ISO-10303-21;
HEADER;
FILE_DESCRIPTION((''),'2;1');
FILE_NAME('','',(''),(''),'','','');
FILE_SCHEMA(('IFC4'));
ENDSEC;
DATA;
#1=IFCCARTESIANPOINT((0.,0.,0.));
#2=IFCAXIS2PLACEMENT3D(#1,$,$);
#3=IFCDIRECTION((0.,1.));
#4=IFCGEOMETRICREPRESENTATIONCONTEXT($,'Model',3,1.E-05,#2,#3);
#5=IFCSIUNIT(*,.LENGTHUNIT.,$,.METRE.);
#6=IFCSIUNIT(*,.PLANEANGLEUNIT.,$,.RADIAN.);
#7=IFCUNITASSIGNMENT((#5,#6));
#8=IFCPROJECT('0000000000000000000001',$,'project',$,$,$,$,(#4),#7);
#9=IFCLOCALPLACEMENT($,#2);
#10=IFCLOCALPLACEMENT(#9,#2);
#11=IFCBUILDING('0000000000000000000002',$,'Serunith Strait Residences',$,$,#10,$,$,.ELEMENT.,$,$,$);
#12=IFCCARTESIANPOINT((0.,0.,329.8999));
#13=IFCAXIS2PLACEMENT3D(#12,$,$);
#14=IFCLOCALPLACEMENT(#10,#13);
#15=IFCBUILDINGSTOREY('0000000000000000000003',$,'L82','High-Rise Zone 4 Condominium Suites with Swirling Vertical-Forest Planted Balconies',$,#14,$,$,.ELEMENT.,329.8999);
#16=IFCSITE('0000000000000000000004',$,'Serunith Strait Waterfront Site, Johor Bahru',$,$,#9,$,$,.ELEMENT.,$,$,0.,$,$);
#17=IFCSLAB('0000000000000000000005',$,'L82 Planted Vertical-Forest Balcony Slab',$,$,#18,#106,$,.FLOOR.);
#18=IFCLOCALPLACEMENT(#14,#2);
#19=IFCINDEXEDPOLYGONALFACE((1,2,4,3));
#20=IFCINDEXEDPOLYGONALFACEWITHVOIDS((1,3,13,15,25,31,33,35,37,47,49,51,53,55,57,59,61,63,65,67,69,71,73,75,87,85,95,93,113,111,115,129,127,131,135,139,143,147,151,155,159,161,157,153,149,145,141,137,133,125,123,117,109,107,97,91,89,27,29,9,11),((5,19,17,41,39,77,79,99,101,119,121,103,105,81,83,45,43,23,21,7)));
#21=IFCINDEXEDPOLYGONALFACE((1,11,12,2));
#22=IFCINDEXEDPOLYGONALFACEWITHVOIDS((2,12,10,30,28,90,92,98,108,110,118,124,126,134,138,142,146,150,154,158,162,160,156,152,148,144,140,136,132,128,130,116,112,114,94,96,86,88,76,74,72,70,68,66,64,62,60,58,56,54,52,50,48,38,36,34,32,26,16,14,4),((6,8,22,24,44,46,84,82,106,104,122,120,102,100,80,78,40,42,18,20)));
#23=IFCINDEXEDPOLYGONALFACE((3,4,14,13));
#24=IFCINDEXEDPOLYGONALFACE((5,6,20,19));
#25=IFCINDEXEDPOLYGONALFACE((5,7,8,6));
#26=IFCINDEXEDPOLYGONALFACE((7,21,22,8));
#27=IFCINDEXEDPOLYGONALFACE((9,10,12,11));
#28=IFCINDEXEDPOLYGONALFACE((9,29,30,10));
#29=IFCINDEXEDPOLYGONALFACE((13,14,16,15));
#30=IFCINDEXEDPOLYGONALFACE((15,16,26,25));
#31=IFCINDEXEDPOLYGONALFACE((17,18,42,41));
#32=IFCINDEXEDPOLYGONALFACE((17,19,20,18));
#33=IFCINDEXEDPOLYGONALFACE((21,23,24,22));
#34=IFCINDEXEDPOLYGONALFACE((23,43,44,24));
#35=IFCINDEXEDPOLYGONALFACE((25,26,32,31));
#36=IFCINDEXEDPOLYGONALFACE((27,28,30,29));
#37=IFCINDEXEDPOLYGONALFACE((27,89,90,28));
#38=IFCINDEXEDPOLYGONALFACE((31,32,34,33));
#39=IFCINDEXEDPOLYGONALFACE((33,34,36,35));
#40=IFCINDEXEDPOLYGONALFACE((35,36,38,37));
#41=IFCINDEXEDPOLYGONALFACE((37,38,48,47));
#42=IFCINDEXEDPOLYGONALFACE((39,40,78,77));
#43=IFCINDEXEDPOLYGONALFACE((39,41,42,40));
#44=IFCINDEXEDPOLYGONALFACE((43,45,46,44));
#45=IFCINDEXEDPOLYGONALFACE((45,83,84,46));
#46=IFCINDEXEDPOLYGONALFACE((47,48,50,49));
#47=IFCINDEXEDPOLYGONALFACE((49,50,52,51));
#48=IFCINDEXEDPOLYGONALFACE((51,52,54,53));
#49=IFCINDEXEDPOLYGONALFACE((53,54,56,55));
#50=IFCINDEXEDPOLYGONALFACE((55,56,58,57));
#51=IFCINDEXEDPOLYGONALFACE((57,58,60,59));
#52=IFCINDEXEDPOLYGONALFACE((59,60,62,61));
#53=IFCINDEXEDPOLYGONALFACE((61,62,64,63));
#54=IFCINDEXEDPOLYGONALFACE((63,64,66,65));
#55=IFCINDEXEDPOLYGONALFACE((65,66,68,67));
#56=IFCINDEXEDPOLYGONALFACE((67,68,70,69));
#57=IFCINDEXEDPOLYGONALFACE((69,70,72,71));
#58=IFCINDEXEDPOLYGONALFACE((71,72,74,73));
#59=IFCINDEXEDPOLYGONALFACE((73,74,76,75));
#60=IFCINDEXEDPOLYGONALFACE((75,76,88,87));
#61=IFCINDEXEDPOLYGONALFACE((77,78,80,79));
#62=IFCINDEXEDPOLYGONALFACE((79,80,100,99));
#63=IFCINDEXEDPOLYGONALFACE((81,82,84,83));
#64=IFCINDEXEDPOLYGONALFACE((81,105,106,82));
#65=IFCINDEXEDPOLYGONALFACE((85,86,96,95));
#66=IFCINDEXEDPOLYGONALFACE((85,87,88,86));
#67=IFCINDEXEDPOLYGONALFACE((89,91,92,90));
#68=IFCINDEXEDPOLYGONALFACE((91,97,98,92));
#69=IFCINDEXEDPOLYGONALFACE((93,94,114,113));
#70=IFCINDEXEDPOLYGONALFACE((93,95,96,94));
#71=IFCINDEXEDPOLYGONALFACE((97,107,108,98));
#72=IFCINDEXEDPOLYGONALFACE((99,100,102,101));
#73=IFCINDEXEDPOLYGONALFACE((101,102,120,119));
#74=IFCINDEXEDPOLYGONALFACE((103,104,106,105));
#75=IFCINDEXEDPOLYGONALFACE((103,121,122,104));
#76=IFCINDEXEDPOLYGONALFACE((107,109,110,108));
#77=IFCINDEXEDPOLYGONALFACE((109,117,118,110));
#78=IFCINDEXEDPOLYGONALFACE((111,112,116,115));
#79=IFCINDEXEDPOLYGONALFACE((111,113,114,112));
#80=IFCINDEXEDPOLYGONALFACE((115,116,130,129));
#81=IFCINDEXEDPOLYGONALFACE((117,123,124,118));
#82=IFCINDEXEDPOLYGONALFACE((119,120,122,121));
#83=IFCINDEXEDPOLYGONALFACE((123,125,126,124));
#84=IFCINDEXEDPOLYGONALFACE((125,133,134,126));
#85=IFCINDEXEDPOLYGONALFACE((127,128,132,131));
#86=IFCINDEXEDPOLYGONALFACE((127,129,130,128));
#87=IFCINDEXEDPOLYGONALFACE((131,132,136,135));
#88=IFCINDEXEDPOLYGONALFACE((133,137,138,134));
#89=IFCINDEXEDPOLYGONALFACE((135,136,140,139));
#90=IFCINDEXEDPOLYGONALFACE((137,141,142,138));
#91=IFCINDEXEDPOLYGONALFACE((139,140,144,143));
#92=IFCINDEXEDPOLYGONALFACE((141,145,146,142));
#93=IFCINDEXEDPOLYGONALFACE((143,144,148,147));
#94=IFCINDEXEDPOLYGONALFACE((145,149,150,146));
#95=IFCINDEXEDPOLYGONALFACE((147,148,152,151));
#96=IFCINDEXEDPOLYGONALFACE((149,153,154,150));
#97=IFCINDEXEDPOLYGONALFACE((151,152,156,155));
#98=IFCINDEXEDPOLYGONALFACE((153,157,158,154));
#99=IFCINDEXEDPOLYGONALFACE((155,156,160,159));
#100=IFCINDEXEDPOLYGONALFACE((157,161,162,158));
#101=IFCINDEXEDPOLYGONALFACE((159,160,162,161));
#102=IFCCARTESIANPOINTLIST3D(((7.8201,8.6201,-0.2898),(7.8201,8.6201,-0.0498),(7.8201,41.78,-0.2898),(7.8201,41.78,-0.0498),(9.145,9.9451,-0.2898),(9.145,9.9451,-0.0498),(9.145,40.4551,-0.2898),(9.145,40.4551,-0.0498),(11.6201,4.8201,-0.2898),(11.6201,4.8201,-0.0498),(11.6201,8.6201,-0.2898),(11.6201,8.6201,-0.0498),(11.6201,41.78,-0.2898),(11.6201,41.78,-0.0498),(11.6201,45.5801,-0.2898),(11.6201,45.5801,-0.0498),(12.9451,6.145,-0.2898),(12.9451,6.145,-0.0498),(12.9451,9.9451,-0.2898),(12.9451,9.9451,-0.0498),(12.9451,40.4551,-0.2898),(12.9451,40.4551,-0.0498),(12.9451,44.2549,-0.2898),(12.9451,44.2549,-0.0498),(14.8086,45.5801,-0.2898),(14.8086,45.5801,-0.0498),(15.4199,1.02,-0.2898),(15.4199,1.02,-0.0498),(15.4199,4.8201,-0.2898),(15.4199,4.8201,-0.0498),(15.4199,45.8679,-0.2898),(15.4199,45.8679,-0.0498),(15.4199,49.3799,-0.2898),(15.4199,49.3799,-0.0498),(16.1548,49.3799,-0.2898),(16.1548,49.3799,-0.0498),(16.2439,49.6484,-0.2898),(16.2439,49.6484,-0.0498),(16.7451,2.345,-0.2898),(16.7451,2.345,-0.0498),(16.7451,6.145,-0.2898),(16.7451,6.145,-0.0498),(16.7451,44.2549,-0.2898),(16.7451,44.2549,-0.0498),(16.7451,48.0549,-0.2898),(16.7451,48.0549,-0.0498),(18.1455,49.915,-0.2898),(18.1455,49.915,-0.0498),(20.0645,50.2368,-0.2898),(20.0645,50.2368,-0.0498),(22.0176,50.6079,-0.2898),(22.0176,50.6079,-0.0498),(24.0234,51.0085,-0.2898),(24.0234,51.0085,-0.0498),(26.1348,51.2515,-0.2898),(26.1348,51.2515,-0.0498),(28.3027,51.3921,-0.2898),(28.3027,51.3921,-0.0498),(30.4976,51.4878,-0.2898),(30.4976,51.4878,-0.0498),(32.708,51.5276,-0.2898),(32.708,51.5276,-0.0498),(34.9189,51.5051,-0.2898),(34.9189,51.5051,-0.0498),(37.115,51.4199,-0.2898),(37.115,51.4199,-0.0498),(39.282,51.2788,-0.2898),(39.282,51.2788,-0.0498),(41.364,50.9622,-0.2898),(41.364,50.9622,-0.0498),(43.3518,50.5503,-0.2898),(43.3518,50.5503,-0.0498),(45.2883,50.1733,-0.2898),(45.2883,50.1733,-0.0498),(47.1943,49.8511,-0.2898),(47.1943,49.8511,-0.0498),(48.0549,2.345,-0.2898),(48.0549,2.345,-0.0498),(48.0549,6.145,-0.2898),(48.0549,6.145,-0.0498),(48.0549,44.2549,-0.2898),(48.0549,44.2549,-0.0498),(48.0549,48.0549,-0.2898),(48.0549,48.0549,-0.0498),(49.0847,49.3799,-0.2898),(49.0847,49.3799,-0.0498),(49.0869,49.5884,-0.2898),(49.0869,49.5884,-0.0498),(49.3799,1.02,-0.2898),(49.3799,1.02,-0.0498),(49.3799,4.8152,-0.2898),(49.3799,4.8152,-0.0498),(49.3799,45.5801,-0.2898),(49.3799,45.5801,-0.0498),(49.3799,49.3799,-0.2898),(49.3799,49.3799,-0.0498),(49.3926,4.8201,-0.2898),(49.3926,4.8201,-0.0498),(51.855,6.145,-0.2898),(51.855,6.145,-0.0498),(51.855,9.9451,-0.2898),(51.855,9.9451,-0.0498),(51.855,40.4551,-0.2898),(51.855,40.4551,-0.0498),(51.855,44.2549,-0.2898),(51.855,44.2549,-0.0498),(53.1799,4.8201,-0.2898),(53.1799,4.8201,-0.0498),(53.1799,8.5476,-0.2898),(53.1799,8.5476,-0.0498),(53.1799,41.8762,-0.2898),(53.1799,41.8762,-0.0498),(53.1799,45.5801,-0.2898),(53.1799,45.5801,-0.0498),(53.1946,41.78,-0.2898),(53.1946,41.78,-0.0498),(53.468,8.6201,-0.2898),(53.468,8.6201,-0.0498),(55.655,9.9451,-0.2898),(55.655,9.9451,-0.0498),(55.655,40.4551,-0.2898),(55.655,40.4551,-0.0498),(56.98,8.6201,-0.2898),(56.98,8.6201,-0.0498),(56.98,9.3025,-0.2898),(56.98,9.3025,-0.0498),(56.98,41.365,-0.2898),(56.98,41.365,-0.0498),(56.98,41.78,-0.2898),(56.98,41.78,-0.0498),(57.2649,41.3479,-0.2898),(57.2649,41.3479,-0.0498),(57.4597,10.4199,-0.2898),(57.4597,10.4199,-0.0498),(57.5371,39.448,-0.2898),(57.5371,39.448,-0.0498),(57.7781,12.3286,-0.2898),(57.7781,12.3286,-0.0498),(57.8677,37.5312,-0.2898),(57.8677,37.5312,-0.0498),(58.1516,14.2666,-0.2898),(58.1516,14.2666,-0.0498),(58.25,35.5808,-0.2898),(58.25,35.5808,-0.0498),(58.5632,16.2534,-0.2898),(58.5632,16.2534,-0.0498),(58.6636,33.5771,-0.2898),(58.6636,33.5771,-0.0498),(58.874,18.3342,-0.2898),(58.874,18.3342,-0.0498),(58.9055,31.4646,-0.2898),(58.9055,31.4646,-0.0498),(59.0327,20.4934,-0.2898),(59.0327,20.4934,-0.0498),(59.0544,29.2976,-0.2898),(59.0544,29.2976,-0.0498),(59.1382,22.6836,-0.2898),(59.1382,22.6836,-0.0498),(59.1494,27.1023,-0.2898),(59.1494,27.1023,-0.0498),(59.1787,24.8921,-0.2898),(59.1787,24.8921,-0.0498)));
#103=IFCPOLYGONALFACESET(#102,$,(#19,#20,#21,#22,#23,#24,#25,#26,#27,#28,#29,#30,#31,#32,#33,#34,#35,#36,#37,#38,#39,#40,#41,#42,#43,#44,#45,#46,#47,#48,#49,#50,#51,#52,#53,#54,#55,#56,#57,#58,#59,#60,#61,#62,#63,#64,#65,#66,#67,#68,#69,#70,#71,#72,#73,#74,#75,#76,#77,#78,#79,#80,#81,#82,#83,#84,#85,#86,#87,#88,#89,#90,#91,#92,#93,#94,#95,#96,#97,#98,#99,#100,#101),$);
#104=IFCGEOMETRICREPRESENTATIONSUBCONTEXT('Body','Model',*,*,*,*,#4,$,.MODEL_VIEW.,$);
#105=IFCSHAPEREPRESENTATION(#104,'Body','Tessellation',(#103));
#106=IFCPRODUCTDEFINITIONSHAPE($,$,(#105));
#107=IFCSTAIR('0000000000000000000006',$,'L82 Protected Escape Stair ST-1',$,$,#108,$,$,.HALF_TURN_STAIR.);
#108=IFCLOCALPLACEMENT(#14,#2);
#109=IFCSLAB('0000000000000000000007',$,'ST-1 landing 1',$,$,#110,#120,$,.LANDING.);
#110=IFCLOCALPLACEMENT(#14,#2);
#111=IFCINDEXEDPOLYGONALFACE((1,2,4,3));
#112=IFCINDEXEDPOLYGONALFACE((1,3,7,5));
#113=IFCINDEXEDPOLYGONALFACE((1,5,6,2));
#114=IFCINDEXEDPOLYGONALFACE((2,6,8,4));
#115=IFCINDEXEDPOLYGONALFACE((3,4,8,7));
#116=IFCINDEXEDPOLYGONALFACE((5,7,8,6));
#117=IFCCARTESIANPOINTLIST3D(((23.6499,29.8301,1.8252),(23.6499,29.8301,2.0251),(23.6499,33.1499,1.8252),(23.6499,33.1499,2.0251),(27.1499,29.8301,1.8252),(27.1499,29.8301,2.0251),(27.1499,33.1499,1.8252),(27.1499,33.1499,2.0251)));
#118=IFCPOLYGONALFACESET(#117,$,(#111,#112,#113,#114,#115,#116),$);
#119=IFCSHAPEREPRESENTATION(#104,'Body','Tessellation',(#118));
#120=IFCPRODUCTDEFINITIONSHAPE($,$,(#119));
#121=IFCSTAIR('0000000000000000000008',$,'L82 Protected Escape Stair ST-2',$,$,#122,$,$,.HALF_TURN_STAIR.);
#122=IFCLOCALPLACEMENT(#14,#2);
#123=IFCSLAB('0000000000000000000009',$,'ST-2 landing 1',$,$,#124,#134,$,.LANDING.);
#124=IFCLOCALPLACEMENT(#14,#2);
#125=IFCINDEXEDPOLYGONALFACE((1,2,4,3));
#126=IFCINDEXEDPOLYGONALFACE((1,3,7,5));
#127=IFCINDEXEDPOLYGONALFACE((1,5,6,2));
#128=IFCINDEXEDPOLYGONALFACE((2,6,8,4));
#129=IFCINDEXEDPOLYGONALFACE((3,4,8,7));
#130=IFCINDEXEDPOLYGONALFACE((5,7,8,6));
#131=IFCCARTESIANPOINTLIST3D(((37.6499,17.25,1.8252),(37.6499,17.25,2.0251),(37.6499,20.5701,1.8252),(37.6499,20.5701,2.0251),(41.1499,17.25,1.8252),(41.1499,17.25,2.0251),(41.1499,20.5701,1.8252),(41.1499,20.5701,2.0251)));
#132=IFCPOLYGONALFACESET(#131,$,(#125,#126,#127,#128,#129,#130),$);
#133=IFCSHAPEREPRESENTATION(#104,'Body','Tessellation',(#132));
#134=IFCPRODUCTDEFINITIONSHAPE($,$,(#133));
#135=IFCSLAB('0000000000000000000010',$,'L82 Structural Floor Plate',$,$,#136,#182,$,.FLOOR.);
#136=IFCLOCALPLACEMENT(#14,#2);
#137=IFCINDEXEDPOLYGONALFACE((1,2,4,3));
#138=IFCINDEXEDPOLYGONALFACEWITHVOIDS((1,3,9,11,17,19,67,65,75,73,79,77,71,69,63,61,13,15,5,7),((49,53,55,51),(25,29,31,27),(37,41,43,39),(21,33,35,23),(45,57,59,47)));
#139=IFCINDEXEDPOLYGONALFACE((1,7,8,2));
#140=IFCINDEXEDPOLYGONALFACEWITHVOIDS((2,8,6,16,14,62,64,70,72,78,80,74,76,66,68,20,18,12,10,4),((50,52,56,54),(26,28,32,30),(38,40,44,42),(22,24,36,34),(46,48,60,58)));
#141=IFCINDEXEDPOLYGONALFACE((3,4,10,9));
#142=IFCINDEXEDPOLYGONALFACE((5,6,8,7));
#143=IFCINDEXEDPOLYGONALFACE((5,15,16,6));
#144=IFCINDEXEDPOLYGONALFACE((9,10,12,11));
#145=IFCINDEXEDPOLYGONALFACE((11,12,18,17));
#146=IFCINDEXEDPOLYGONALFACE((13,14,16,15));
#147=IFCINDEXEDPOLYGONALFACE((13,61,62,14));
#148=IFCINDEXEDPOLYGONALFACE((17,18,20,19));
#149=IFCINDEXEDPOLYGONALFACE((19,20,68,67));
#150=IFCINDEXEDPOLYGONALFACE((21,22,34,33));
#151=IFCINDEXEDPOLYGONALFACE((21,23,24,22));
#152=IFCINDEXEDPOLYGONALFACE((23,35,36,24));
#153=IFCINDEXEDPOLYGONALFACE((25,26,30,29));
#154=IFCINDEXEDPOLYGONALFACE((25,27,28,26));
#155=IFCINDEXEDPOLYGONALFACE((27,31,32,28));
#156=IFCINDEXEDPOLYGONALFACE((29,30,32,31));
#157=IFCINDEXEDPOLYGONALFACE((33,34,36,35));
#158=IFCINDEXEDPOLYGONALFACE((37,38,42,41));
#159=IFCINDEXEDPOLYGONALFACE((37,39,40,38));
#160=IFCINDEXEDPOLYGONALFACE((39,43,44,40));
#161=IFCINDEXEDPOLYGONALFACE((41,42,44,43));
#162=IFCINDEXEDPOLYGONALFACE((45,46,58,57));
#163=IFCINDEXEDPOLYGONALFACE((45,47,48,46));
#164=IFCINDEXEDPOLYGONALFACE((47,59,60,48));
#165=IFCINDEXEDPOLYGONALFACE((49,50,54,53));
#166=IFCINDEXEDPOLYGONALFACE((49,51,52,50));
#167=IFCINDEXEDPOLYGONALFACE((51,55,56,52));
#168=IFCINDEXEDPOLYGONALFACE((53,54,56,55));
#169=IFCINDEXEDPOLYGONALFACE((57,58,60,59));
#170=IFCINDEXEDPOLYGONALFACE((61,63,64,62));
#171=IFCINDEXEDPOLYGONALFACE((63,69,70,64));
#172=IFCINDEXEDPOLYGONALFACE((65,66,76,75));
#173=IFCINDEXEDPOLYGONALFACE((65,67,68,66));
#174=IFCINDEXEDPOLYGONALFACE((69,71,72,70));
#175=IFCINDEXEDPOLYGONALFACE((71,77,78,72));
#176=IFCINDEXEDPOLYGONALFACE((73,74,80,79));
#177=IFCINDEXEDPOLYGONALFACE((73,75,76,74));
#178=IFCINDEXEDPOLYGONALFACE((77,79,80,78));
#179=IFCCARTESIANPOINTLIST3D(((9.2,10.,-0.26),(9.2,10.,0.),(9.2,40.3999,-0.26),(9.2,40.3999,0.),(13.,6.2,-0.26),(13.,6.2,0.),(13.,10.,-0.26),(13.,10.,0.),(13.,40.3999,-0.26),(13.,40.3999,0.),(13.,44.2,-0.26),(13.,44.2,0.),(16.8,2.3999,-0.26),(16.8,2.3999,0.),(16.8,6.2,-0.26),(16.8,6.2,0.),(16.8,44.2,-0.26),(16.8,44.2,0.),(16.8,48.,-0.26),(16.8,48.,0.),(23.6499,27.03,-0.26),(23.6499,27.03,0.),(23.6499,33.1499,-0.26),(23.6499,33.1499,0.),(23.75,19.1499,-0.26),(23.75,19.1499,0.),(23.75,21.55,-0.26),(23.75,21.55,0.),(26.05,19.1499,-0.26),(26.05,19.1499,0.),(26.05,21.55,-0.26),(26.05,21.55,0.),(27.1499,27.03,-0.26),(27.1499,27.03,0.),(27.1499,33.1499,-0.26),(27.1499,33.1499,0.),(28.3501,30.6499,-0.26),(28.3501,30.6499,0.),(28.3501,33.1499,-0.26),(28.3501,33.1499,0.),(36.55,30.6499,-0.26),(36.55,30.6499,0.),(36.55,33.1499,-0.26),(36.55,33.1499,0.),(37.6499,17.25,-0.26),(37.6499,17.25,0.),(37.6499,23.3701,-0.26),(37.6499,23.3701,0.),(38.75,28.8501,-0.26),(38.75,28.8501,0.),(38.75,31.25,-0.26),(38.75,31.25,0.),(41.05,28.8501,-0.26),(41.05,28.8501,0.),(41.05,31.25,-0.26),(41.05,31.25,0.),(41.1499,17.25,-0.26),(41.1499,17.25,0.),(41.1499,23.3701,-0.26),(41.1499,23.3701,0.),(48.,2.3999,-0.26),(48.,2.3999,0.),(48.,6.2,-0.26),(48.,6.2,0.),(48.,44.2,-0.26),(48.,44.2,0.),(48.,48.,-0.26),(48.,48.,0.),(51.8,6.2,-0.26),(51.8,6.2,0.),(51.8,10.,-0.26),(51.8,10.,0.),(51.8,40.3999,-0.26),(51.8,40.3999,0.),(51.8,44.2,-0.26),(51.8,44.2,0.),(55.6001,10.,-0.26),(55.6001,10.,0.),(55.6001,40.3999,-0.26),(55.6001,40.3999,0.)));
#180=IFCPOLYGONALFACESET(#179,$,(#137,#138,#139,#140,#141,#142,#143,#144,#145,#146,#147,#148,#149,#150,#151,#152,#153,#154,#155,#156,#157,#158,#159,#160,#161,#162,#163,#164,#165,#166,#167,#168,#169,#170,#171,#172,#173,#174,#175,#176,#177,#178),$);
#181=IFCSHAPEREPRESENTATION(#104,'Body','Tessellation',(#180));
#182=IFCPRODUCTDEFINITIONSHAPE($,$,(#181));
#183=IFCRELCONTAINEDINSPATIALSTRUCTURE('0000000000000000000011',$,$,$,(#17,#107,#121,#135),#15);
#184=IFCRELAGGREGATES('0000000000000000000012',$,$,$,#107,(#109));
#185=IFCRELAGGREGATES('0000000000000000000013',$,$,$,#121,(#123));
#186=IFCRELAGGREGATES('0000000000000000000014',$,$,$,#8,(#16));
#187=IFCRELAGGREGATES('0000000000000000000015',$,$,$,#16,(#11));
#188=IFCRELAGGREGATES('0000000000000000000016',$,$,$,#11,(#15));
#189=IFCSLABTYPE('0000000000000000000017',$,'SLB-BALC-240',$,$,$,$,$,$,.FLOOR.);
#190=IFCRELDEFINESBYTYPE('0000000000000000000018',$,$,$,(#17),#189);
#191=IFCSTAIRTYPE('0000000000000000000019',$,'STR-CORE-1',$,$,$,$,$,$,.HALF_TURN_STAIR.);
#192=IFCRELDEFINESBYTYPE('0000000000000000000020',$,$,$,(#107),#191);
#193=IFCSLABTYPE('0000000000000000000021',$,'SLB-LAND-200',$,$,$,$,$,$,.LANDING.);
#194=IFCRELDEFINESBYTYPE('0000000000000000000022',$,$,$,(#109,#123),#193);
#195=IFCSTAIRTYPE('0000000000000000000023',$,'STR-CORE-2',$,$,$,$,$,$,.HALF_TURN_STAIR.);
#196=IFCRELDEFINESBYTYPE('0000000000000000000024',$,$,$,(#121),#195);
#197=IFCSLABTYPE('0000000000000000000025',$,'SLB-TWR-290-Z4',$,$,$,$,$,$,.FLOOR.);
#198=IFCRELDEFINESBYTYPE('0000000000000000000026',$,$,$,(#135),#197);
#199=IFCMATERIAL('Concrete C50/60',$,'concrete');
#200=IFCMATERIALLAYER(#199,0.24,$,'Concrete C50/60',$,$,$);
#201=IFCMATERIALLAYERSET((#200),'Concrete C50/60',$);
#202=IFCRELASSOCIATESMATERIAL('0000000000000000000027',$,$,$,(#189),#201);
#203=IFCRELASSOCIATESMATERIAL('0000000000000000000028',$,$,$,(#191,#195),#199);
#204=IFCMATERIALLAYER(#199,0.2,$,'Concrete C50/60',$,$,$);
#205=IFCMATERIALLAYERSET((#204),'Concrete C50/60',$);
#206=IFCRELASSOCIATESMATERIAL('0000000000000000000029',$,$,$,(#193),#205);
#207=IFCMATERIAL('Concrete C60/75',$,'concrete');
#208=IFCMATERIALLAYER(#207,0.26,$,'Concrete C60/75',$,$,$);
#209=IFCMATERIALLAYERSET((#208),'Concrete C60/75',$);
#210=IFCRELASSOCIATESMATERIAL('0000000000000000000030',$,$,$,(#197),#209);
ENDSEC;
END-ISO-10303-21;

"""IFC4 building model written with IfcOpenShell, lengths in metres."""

from ifc_helpers import new_model, si_unit, direction, frame, origin, place, context, subcontext, project, spatial, polyline, outline, extrude, material, layer, layer_set, type_object, element, aggregate, save


model = new_model("IFC4")

# Units and contexts
model_context = context("Model", 3, precision=1e-05, world=origin(), true_north=direction((0.0, 1.0)))
body_context = subcontext(model_context, "Body", "Model", "MODEL_VIEW")
ifc_project = project(units=[si_unit("LENGTHUNIT", "METRE"), si_unit("PLANEANGLEUNIT", "RADIAN")], contexts=[model_context])

# Site, building, storey
site_placement = place(None, origin())
site = spatial("IfcSite", under=ifc_project, at=site_placement, Name="Serunith Strait Waterfront Site, Johor Bahru", CompositionType="ELEMENT", RefElevation=0.0)
building_placement = place(site_placement, origin())
building = spatial("IfcBuilding", under=site, at=building_placement, Name="Serunith Strait Residences", CompositionType="ELEMENT")
storey_placement = place(building_placement, frame((0.0, 0.0, 329.8999)))
storey = spatial("IfcBuildingStorey", under=building, at=storey_placement, Name="L82", Description="High-Rise Zone 4 Condominium Suites with Swirling Vertical-Forest Planted Balconies", CompositionType="ELEMENT", Elevation=329.8999)

# Slab
ifc_material_1 = material(Name="Concrete C50/60", Category="concrete")
ifc_layer_1 = layer(ifc_material_1, 0.24, Name="Concrete C50/60")
ifc_layer_set_1 = layer_set([ifc_layer_1], Name="Concrete C50/60")
slab_type_1 = type_object("IfcSlabType", Name="SLB-BALC-240", PredefinedType="FLOOR", material=ifc_layer_set_1)
slab_1_placement = place(storey_placement, frame((0.0, 0.0, -0.2898)))
element("IfcSlab", 1, at=slab_1_placement, inside=storey, type_object=slab_type_1, Name="L82 Planted Vertical-Forest Balcony Slab", PredefinedType="FLOOR", context=body_context, shape_type="SweptSolid", body=[
    extrude(outline(polyline([(15.4199, 49.3799), (16.1548, 49.3799), (16.2439, 49.6484), (18.1455, 49.915), (20.0645, 50.2368), (22.0176, 50.6079), (24.0234, 51.0085), (26.1348, 51.2515), (28.3027, 51.3921), (30.4976, 51.4878), (32.708, 51.5276), (34.9189, 51.5051), (37.115, 51.4199), (39.282, 51.2788), (41.364, 50.9622), (43.3518, 50.5503), (45.2883, 50.1733), (47.1943, 49.8511), (49.0869, 49.5884), (49.0847, 49.3799), (49.3799, 49.3799), (49.3799, 45.5801), (53.1799, 45.5801), (53.1799, 41.8762), (53.1946, 41.78), (56.98, 41.78), (56.98, 41.365), (57.2649, 41.3479), (57.5371, 39.448), (57.8677, 37.5312), (58.25, 35.5808), (58.6636, 33.5771), (58.9055, 31.4646), (59.0544, 29.2976), (59.1494, 27.1023), (59.1787, 24.8921), (59.1382, 22.6836), (59.0327, 20.4934), (58.874, 18.3342), (58.5632, 16.2534), (58.1516, 14.2666), (57.7781, 12.3286), (57.4597, 10.4199), (56.98, 9.3025), (56.98, 8.6201), (53.468, 8.6201), (53.1799, 8.5476), (53.1799, 4.8201), (49.3926, 4.8201), (49.3799, 4.8152), (49.3799, 1.02), (15.4199, 1.02), (15.4199, 4.8201), (11.6201, 4.8201), (11.6201, 8.6201), (7.8201, 8.6201), (7.8201, 41.78), (11.6201, 41.78), (11.6201, 45.5801), (14.8086, 45.5801), (15.4199, 45.8679), (15.4199, 49.3799)]), holes=[polyline([(48.0549, 2.345), (48.0549, 6.145), (51.855, 6.145), (51.855, 9.9451), (55.655, 9.9451), (55.655, 40.4551), (51.855, 40.4551), (51.855, 44.2549), (48.0549, 44.2549), (48.0549, 48.0549), (16.7451, 48.0549), (16.7451, 44.2549), (12.9451, 44.2549), (12.9451, 40.4551), (9.145, 40.4551), (9.145, 9.9451), (12.9451, 9.9451), (12.9451, 6.145), (16.7451, 6.145), (16.7451, 2.345), (48.0549, 2.345)])]), origin(), (0.0, 0.0, 1.0), 0.24),
])

# Stairs, slabs
stair_type_1 = type_object("IfcStairType", Name="STR-CORE-1", PredefinedType="HALF_TURN_STAIR", material=ifc_material_1)
stair_1_placement = place(storey_placement, origin())
stair_1 = element("IfcStair", 2, at=stair_1_placement, inside=storey, type_object=stair_type_1, Name="L82 Protected Escape Stair ST-1", PredefinedType="HALF_TURN_STAIR")
ifc_layer_2 = layer(ifc_material_1, 0.2, Name="Concrete C50/60")
ifc_layer_set_2 = layer_set([ifc_layer_2], Name="Concrete C50/60")
slab_type_2 = type_object("IfcSlabType", Name="SLB-LAND-200", PredefinedType="LANDING", material=ifc_layer_set_2)
slab_2_placement = place(storey_placement, frame((0.0, 0.0, 1.8252)))
slab_2 = element("IfcSlab", 3, at=slab_2_placement, type_object=slab_type_2, Name="ST-1 landing 1", PredefinedType="LANDING", context=body_context, shape_type="SweptSolid", body=[
    extrude(outline(polyline([(27.1499, 29.8301), (27.1499, 33.1499), (23.6499, 33.1499), (23.6499, 29.8301), (27.1499, 29.8301)])), origin(), (0.0, 0.0, 1.0), 0.2),
])
aggregate(stair_1, [slab_2])
stair_type_2 = type_object("IfcStairType", Name="STR-CORE-2", PredefinedType="HALF_TURN_STAIR", material=ifc_material_1)
stair_2_placement = place(storey_placement, origin())
stair_2 = element("IfcStair", 4, at=stair_2_placement, inside=storey, type_object=stair_type_2, Name="L82 Protected Escape Stair ST-2", PredefinedType="HALF_TURN_STAIR")
slab_3_placement = place(storey_placement, frame((0.0, 0.0, 1.8252)))
slab_3 = element("IfcSlab", 5, at=slab_3_placement, type_object=slab_type_2, Name="ST-2 landing 1", PredefinedType="LANDING", context=body_context, shape_type="SweptSolid", body=[
    extrude(outline(polyline([(37.6499, 20.5701), (37.6499, 17.25), (41.1499, 17.25), (41.1499, 20.5701), (37.6499, 20.5701)])), origin(), (0.0, 0.0, 1.0), 0.2),
])
aggregate(stair_2, [slab_3])

# Slab
ifc_material_2 = material(Name="Concrete C60/75", Category="concrete")
ifc_layer_3 = layer(ifc_material_2, 0.26, Name="Concrete C60/75")
ifc_layer_set_3 = layer_set([ifc_layer_3], Name="Concrete C60/75")
slab_type_3 = type_object("IfcSlabType", Name="SLB-TWR-290-Z4", PredefinedType="FLOOR", material=ifc_layer_set_3)
slab_4_placement = place(storey_placement, frame((0.0, 0.0, -0.26)))
element("IfcSlab", 6, at=slab_4_placement, inside=storey, type_object=slab_type_3, Name="L82 Structural Floor Plate", PredefinedType="FLOOR", context=body_context, shape_type="SweptSolid", body=[
    extrude(outline(polyline([(16.8, 6.2), (13.0, 6.2), (13.0, 10.0), (9.2, 10.0), (9.2, 40.3999), (13.0, 40.3999), (13.0, 44.2), (16.8, 44.2), (16.8, 48.0), (48.0, 48.0), (48.0, 44.2), (51.8, 44.2), (51.8, 40.3999), (55.6001, 40.3999), (55.6001, 10.0), (51.8, 10.0), (51.8, 6.2), (48.0, 6.2), (48.0, 2.3999), (16.8, 2.3999), (16.8, 6.2)]), holes=[polyline([(41.1499, 23.3701), (37.6499, 23.3701), (37.6499, 17.25), (41.1499, 17.25), (41.1499, 23.3701)]), polyline([(38.75, 31.25), (38.75, 28.8501), (41.05, 28.8501), (41.05, 31.25), (38.75, 31.25)]), polyline([(36.55, 33.1499), (28.3501, 33.1499), (28.3501, 30.6499), (36.55, 30.6499), (36.55, 33.1499)]), polyline([(23.6499, 33.1499), (23.6499, 27.03), (27.1499, 27.03), (27.1499, 33.1499), (23.6499, 33.1499)]), polyline([(23.75, 21.55), (23.75, 19.1499), (26.05, 19.1499), (26.05, 21.55), (23.75, 21.55)])]), origin(), (0.0, 0.0, 1.0), 0.26),
])

save(model, "model.ifc")
